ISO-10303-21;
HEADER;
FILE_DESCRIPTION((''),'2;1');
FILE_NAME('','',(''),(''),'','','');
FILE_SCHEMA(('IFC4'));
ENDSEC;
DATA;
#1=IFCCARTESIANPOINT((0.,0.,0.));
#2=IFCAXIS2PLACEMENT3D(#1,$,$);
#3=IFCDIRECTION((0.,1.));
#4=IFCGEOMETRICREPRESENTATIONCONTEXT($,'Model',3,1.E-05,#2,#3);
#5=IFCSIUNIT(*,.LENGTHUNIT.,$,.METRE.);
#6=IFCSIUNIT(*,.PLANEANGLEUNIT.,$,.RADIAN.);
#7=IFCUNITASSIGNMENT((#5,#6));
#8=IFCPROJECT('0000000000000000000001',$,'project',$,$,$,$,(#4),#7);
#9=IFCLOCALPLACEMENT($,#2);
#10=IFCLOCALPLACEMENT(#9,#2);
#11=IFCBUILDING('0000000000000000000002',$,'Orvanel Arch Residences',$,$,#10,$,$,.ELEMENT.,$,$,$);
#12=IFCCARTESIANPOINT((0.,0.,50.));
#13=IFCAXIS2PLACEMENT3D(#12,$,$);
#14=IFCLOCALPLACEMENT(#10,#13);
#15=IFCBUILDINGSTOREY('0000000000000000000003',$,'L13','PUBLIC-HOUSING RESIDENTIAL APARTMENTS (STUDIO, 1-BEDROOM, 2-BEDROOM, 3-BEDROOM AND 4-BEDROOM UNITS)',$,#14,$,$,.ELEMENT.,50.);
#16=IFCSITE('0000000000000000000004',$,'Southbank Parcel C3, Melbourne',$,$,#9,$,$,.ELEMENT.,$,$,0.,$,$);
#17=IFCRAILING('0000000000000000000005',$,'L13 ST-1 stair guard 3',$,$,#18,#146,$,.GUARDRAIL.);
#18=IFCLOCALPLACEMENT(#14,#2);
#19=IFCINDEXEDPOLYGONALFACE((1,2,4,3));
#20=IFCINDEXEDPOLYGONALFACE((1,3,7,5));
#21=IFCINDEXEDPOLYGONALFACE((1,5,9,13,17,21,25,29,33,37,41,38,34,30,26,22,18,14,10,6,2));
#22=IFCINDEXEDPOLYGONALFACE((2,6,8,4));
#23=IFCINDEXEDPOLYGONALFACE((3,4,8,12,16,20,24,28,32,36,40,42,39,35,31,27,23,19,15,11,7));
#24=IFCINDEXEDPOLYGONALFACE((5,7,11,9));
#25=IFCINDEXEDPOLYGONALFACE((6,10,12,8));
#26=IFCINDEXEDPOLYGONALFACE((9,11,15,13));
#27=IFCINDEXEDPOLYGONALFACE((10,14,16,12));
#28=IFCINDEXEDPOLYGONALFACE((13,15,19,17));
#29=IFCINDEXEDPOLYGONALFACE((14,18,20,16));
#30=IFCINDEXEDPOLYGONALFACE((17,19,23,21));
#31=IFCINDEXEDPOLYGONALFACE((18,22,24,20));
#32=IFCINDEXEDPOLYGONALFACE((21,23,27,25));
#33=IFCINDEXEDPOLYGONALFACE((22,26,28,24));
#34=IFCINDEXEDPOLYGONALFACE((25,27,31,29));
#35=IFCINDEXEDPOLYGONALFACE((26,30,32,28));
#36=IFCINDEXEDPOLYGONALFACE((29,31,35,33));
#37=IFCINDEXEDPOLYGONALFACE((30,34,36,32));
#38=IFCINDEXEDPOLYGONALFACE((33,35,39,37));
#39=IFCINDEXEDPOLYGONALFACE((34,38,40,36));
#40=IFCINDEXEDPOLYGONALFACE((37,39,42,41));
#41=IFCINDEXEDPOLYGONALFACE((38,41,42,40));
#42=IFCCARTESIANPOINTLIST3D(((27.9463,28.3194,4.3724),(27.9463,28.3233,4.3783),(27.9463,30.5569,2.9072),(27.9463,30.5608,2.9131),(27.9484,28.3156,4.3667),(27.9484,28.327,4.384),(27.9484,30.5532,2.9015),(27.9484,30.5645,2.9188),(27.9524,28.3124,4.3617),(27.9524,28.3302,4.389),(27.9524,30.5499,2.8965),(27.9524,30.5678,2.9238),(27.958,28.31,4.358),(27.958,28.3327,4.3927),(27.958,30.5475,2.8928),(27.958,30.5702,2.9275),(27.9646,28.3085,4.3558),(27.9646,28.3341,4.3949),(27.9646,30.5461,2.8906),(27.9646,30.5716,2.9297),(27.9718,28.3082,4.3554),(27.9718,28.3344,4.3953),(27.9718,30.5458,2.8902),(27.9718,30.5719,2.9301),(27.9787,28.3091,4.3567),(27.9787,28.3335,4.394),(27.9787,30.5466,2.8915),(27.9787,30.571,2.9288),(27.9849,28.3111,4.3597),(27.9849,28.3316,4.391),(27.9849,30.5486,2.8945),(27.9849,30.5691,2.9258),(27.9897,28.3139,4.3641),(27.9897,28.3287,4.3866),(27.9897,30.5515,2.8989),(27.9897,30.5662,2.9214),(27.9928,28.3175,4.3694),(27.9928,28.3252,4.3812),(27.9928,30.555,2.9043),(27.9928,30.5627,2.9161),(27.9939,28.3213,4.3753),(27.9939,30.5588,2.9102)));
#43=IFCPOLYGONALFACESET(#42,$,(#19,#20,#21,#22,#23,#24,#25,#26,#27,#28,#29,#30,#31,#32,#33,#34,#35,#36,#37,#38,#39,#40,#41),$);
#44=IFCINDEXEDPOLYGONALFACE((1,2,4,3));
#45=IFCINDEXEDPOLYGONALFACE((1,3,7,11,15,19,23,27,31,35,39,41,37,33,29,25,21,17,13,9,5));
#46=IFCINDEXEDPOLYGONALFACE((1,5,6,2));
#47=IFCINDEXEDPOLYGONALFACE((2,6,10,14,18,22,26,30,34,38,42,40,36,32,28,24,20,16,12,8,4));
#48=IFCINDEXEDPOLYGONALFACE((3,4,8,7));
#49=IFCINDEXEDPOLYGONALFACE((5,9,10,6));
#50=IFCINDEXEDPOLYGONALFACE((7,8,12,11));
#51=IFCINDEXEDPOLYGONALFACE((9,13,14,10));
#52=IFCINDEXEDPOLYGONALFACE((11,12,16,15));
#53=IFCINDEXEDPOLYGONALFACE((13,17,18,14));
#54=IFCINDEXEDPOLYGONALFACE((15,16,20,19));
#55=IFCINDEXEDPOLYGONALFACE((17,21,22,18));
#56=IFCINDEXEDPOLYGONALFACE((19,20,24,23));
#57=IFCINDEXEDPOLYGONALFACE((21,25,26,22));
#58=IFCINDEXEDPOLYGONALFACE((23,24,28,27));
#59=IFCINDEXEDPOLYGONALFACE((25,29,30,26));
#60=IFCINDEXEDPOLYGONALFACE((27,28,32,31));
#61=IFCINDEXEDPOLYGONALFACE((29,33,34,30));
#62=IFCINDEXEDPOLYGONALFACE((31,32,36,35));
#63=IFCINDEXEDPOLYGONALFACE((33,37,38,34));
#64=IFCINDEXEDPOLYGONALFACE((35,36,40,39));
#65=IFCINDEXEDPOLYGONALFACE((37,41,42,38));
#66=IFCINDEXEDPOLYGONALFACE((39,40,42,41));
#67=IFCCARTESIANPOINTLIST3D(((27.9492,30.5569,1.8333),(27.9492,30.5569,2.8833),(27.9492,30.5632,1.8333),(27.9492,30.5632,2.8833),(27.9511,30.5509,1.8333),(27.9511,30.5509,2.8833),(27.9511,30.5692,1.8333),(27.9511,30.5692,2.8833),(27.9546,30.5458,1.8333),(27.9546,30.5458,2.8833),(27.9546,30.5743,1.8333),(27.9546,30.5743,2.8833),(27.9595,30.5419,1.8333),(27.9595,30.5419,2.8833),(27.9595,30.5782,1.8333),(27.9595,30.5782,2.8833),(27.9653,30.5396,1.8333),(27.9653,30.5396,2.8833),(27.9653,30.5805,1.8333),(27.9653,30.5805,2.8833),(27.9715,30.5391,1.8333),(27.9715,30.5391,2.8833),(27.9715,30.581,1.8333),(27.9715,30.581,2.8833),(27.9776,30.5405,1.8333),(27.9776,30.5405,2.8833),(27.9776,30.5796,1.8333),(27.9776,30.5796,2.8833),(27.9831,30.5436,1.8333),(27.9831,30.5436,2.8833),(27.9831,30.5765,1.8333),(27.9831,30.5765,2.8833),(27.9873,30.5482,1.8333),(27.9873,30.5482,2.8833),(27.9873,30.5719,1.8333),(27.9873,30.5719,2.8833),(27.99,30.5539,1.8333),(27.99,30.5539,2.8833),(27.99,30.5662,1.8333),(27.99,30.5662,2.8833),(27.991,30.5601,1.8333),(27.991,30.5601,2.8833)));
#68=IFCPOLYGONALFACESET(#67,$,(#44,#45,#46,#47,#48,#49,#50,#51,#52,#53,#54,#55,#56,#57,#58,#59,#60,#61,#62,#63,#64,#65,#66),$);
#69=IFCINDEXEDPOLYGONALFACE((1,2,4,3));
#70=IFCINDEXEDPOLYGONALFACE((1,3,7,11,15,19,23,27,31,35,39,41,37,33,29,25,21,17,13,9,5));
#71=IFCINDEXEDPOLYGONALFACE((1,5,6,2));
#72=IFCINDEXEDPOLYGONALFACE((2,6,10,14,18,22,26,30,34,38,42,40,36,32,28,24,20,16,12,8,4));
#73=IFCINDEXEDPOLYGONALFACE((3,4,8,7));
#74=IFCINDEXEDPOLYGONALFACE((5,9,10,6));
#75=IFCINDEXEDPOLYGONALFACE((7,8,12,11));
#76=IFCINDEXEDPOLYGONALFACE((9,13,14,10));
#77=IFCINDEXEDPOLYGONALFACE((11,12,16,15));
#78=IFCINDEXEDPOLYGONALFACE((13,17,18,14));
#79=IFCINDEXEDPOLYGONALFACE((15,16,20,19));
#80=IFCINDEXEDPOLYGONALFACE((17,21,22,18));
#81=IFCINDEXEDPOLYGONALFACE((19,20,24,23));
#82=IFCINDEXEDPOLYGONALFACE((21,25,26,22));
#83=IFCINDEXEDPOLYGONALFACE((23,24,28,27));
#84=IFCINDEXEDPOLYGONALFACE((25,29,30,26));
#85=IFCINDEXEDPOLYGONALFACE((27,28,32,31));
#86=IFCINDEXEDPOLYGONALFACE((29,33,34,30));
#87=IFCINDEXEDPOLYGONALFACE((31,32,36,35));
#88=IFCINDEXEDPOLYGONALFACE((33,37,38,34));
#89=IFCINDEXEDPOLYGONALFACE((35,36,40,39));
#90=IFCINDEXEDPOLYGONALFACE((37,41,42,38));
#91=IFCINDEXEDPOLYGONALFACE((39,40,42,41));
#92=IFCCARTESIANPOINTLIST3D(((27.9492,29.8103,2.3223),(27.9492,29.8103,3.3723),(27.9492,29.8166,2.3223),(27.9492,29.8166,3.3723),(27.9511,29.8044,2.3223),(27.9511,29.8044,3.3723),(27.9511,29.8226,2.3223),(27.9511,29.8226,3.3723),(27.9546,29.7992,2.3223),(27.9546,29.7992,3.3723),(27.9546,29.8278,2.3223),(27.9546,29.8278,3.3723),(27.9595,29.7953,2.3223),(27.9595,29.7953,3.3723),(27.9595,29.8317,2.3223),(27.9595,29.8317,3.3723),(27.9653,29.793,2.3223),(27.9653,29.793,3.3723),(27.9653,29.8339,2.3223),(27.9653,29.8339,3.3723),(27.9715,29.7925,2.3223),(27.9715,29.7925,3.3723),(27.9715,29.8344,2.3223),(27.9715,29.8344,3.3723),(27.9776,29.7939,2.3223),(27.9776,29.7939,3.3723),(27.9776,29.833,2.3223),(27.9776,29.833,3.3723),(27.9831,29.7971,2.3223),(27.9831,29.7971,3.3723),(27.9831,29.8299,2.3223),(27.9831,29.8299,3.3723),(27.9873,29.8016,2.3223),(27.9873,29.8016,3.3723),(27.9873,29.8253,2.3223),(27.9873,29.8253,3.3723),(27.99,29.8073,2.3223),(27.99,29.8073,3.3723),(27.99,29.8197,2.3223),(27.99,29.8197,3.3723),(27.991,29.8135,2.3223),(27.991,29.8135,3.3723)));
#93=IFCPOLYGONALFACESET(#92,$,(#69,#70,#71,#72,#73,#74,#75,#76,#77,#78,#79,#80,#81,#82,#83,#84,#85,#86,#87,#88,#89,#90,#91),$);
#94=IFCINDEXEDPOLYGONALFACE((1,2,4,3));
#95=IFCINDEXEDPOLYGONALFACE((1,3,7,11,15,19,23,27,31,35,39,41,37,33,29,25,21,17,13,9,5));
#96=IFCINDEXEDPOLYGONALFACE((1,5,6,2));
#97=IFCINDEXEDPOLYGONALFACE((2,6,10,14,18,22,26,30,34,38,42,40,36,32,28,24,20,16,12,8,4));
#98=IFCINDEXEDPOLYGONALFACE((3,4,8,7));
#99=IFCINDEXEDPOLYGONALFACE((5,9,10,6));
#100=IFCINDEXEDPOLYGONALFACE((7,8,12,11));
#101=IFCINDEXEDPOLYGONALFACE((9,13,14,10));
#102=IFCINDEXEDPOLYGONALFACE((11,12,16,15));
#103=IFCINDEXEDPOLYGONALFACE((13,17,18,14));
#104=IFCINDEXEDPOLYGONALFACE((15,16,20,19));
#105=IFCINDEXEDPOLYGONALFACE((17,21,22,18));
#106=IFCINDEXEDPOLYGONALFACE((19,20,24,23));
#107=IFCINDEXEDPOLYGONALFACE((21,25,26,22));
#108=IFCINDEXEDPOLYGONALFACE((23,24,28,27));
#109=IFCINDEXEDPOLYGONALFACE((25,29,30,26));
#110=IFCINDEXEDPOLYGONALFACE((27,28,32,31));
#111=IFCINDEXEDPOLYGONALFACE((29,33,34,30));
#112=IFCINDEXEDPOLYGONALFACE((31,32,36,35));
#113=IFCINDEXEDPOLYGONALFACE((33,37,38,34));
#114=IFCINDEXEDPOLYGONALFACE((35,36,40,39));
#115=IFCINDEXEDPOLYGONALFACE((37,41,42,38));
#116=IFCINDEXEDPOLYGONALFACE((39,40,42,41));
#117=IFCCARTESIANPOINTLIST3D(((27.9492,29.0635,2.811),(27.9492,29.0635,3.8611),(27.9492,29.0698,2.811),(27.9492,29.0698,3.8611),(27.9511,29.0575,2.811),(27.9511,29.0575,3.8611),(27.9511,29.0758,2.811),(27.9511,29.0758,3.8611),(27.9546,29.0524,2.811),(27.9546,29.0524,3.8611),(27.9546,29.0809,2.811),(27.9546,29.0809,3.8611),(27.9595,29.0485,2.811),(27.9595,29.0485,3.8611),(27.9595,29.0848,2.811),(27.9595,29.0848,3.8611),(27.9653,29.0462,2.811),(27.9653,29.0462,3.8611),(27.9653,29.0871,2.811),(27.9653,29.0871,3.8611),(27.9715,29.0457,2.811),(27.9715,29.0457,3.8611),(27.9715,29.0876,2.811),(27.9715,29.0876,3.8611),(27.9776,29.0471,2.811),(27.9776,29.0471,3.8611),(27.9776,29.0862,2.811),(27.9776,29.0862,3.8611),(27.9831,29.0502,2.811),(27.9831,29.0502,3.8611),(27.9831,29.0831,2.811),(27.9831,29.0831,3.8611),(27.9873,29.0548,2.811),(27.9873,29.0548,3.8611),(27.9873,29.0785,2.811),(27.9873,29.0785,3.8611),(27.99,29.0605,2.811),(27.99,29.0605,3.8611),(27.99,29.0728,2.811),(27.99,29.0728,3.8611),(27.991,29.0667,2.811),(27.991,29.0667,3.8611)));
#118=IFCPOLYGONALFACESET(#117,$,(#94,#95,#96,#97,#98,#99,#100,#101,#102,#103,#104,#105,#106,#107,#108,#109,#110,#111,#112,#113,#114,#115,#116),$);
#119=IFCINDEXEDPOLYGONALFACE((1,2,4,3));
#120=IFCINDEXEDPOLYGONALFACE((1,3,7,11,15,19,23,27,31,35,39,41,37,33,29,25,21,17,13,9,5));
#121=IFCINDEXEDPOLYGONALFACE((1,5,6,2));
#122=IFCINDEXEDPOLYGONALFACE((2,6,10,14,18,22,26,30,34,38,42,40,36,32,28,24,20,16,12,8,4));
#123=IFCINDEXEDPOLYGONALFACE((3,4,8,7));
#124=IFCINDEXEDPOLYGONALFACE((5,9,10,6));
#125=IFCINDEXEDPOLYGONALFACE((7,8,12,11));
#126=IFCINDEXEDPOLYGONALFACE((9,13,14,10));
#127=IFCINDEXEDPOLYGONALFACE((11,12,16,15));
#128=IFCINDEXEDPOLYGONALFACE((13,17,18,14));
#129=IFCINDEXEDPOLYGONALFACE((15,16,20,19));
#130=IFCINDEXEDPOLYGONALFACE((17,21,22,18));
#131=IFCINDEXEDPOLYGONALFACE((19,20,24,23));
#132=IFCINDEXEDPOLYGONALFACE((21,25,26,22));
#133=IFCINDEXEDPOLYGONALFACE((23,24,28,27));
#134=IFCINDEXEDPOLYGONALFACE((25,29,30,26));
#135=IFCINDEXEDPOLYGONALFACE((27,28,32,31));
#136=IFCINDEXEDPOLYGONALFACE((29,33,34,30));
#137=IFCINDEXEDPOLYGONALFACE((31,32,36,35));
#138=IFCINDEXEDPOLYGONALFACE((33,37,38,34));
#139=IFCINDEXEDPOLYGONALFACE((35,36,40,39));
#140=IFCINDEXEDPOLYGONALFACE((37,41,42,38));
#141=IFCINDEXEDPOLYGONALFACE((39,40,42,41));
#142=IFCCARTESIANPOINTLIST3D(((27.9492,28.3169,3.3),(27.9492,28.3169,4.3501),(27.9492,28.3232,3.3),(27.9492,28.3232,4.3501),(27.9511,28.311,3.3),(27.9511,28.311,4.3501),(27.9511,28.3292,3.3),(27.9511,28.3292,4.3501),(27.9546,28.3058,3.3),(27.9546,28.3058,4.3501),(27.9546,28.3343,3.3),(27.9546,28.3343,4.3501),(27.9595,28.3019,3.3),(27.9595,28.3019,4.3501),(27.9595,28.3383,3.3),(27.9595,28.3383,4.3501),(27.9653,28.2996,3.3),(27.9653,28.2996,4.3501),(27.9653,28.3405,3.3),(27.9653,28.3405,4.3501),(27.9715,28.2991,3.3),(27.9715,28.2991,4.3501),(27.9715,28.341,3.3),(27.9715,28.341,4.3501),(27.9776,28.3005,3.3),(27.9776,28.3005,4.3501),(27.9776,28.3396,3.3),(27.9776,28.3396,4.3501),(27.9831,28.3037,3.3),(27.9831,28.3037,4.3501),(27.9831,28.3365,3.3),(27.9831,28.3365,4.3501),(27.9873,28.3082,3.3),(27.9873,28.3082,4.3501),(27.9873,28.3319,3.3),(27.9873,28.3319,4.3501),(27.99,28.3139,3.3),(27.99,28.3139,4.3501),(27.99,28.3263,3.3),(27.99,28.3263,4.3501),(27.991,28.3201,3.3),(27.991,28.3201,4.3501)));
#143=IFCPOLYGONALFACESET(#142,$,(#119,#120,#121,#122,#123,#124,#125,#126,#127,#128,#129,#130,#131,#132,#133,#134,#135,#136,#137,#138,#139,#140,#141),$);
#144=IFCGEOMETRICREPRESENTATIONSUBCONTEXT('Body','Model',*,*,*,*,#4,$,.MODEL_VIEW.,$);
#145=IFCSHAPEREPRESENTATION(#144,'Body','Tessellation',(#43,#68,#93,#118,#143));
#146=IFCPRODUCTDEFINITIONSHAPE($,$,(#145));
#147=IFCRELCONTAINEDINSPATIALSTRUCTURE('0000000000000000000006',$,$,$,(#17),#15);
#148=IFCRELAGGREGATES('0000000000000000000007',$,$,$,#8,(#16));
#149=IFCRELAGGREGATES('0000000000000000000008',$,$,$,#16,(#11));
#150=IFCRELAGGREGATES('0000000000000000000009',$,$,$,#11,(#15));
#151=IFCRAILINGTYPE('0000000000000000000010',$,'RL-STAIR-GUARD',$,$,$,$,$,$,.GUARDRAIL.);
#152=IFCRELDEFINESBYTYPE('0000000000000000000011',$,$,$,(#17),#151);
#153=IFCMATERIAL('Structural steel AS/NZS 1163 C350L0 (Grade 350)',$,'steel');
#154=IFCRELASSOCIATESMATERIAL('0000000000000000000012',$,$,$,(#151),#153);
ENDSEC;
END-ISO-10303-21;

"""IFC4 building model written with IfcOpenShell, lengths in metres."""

from ifc_helpers import new_model, si_unit, direction, frame, origin, origin_2d, place, context, subcontext, project, spatial, circle, extrude, material, type_object, element, save


model = new_model("IFC4")

# Units and contexts
model_context = context("Model", 3, precision=1e-05, world=origin(), true_north=direction((0.0, 1.0)))
body_context = subcontext(model_context, "Body", "Model", "MODEL_VIEW")
ifc_project = project(units=[si_unit("LENGTHUNIT", "METRE"), si_unit("PLANEANGLEUNIT", "RADIAN")], contexts=[model_context])

# Site, building, storey
site_placement = place(None, origin())
site = spatial("IfcSite", under=ifc_project, at=site_placement, Name="Southbank Parcel C3, Melbourne", CompositionType="ELEMENT", RefElevation=0.0)
building_placement = place(site_placement, origin())
building = spatial("IfcBuilding", under=site, at=building_placement, Name="Orvanel Arch Residences", CompositionType="ELEMENT")
storey_placement = place(building_placement, frame((0.0, 0.0, 50.0)))
storey = spatial("IfcBuildingStorey", under=building, at=storey_placement, Name="L13", Description="PUBLIC-HOUSING RESIDENTIAL APARTMENTS (STUDIO, 1-BEDROOM, 2-BEDROOM, 3-BEDROOM AND 4-BEDROOM UNITS)", CompositionType="ELEMENT", Elevation=50.0)

# Railing
ifc_material_1 = material(Name="Structural steel AS/NZS 1163 C350L0 (Grade 350)", Category="steel")
railing_type_1 = type_object("IfcRailingType", Name="RL-STAIR-GUARD", PredefinedType="GUARDRAIL", material=ifc_material_1)
railing_1_placement = place(storey_placement, frame((27.97, 30.5601, 1.8333)))
element("IfcRailing", 1, at=railing_1_placement, inside=storey, type_object=railing_type_1, Name="L13 ST-1 stair guard 3", PredefinedType="GUARDRAIL", context=body_context, shape_type="SweptSolid", body=[
    extrude(circle(Radius=0.0239, at=origin_2d()), frame((0.0, -0.0012, 1.0769), z_axis=(0.0, -0.836595, 0.547822), x_axis=(1.0, 0.0, 0.0)), (0.0, 0.0, 1.0), 2.6746),
    extrude(circle(Radius=0.021, at=origin_2d()), origin(), (0.0, 0.0, 1.0), 1.05),
    extrude(circle(Radius=0.021, at=origin_2d()), frame((0.0, -0.7466, 0.489)), (0.0, 0.0, 1.0), 1.05),
    extrude(circle(Radius=0.021, at=origin_2d()), frame((0.0, -1.4934, 0.9778)), (0.0, 0.0, 1.0), 1.05),
    extrude(circle(Radius=0.021, at=origin_2d()), frame((0.0, -2.24, 1.4668)), (0.0, 0.0, 1.0), 1.05),
])

save(model, "model.ifc")
